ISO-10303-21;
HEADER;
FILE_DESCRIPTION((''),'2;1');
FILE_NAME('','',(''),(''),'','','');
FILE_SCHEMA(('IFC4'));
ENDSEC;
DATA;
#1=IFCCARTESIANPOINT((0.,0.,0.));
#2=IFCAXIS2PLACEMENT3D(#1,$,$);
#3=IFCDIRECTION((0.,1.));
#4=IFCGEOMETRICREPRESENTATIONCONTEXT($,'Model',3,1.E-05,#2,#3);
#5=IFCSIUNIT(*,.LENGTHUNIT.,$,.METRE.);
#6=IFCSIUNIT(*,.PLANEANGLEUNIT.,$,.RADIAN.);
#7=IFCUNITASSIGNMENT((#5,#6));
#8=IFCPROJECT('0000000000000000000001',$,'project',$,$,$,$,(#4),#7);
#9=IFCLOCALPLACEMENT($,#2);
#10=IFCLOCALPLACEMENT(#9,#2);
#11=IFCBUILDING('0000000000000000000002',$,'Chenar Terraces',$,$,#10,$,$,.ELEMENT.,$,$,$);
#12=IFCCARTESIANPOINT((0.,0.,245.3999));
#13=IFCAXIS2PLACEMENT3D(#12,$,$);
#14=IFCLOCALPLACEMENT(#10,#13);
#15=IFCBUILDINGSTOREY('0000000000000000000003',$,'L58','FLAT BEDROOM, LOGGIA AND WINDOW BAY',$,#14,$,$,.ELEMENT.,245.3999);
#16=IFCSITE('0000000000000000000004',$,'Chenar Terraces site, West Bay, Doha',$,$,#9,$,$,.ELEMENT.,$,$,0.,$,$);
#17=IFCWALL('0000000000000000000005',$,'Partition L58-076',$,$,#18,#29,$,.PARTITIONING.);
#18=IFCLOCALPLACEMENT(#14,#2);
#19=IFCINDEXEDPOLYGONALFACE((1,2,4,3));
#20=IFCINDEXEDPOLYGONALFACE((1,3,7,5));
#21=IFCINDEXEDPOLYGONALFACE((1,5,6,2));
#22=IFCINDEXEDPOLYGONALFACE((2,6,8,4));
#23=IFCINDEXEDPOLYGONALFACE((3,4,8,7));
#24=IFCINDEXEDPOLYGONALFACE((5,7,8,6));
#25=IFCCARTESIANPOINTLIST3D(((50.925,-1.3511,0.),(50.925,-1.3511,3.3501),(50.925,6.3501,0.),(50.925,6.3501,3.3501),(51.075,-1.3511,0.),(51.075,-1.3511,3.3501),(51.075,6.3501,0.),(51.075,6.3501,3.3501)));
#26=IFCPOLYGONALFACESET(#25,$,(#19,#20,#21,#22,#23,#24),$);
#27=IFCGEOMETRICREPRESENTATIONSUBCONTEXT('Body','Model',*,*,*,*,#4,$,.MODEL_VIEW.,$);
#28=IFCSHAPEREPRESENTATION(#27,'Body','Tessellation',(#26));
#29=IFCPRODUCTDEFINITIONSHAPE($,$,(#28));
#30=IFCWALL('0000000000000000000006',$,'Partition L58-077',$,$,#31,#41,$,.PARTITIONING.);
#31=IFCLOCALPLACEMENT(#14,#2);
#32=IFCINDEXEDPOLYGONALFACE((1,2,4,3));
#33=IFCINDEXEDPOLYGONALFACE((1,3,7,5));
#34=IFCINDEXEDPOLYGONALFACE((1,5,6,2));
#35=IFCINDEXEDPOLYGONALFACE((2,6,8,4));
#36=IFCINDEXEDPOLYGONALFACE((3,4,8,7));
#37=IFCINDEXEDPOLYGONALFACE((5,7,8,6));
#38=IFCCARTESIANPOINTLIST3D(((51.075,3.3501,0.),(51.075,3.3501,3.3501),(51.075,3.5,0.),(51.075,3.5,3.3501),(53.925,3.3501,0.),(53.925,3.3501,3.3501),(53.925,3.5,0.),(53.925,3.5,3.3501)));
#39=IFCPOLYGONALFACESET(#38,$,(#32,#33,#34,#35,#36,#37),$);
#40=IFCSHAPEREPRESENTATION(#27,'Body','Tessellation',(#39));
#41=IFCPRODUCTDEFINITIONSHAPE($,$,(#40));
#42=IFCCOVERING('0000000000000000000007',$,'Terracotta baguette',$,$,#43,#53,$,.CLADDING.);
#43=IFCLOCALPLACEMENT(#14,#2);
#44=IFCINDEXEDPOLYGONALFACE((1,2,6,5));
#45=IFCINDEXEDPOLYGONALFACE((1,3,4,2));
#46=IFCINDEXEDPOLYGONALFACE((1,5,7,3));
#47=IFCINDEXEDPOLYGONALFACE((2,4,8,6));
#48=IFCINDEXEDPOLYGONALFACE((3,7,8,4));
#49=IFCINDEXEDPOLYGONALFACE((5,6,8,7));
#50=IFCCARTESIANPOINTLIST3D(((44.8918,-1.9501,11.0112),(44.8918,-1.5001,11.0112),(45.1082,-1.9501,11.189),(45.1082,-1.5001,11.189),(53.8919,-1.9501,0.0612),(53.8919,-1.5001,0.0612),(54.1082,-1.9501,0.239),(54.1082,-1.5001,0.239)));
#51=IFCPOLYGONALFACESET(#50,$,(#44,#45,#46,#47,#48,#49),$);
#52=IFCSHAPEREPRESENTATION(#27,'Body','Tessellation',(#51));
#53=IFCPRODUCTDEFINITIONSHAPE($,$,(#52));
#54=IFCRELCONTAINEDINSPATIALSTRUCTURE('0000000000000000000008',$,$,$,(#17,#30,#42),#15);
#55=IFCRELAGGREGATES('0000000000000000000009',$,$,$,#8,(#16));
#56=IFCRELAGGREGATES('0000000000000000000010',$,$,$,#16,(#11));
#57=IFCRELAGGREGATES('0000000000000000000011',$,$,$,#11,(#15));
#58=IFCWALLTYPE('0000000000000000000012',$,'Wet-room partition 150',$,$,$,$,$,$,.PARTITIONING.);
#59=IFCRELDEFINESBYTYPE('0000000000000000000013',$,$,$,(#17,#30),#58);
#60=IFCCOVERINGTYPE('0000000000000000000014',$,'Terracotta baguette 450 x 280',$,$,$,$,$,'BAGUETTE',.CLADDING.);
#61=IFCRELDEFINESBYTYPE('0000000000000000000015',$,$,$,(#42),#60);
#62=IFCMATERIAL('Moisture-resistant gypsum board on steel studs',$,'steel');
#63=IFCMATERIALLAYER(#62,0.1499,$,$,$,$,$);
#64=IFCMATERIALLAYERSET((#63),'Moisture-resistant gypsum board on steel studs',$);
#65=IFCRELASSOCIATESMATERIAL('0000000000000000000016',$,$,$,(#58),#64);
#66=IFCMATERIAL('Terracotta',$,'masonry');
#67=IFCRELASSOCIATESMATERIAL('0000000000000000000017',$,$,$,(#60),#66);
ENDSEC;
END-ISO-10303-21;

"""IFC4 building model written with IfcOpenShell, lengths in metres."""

from ifc_helpers import new_model, si_unit, direction, frame, frame_2d, origin, origin_2d, place, context, subcontext, project, spatial, rectangle, extrude, material, layer, layer_set, material_profile, profile_set, type_object, element, save


model = new_model("IFC4")

# Units and contexts
model_context = context("Model", 3, precision=1e-05, world=origin(), true_north=direction((0.0, 1.0)))
body_context = subcontext(model_context, "Body", "Model", "MODEL_VIEW")
ifc_project = project(units=[si_unit("LENGTHUNIT", "METRE"), si_unit("PLANEANGLEUNIT", "RADIAN")], contexts=[model_context])

# Site, building, storey
site_placement = place(None, origin())
site = spatial("IfcSite", under=ifc_project, at=site_placement, Name="Chenar Terraces site, West Bay, Doha", CompositionType="ELEMENT", RefElevation=0.0)
building_placement = place(site_placement, origin())
building = spatial("IfcBuilding", under=site, at=building_placement, Name="Chenar Terraces", CompositionType="ELEMENT")
storey_placement = place(building_placement, frame((0.0, 0.0, 245.3999)))
storey = spatial("IfcBuildingStorey", under=building, at=storey_placement, Name="L58", Description="FLAT BEDROOM, LOGGIA AND WINDOW BAY", CompositionType="ELEMENT", Elevation=245.3999)

# Shared definitions
ifc_material_1 = material(Name="Moisture-resistant gypsum board on steel studs", Category="steel")
ifc_layer_1 = layer(ifc_material_1, 0.1499)
ifc_layer_set_1 = layer_set([ifc_layer_1], Name="Moisture-resistant gypsum board on steel studs")
wall_type_1 = type_object("IfcWallType", Name="Wet-room partition 150", PredefinedType="PARTITIONING", material=ifc_layer_set_1)

# Walls
wall_1_placement = place(storey_placement, frame((51.0, -1.3511, 0.0), z_axis=(0.0, 0.0, 1.0), x_axis=(0.0, 1.0, 0.0)))
element("IfcWall", 1, at=wall_1_placement, inside=storey, type_object=wall_type_1, Name="Partition L58-076", PredefinedType="PARTITIONING", context=body_context, shape_type="SweptSolid", body=[
    extrude(rectangle(XDim=7.7012, YDim=0.1499, at=frame_2d((3.8506, 0.0))), origin(), (0.0, 0.0, 1.0), 3.3501),
])
wall_2_placement = place(storey_placement, frame((51.075, 3.425, 0.0), z_axis=(0.0, 0.0, 1.0), x_axis=(1.0, 0.0, 0.0)))
element("IfcWall", 2, at=wall_2_placement, inside=storey, type_object=wall_type_1, Name="Partition L58-077", PredefinedType="PARTITIONING", context=body_context, shape_type="SweptSolid", body=[
    extrude(rectangle(XDim=2.8501, YDim=0.1499, at=frame_2d((1.425, 0.0))), origin(), (0.0, 0.0, 1.0), 3.3501),
])

# Covering
ifc_material_2 = material(Name="Terracotta", Category="masonry")
ifc_material_profile_1 = material_profile(ifc_material_2, rectangle(XDim=0.45, YDim=0.28, at=origin_2d()), Name="Terracotta baguette 450 x 280")
ifc_profile_set_1 = profile_set([ifc_material_profile_1], Name="Terracotta")
covering_type = type_object("IfcCoveringType", Name="Terracotta baguette 450 x 280", ElementType="BAGUETTE", PredefinedType="CLADDING", material=ifc_profile_set_1)
covering_placement = place(storey_placement, frame((45.0, -1.7251, 11.1001), z_axis=(0.634967, 0.0, -0.772539), x_axis=(0.0, 1.0, 0.0)))
element("IfcCovering", 3, at=covering_placement, inside=storey, type_object=covering_type, Name="Terracotta baguette", PredefinedType="CLADDING", context=body_context, shape_type="SweptSolid", body=[
    extrude(rectangle(XDim=0.45, YDim=0.28, at=origin_2d()), origin(), (0.0, 0.0, 1.0), 14.1741),
])

save(model, "model.ifc")
